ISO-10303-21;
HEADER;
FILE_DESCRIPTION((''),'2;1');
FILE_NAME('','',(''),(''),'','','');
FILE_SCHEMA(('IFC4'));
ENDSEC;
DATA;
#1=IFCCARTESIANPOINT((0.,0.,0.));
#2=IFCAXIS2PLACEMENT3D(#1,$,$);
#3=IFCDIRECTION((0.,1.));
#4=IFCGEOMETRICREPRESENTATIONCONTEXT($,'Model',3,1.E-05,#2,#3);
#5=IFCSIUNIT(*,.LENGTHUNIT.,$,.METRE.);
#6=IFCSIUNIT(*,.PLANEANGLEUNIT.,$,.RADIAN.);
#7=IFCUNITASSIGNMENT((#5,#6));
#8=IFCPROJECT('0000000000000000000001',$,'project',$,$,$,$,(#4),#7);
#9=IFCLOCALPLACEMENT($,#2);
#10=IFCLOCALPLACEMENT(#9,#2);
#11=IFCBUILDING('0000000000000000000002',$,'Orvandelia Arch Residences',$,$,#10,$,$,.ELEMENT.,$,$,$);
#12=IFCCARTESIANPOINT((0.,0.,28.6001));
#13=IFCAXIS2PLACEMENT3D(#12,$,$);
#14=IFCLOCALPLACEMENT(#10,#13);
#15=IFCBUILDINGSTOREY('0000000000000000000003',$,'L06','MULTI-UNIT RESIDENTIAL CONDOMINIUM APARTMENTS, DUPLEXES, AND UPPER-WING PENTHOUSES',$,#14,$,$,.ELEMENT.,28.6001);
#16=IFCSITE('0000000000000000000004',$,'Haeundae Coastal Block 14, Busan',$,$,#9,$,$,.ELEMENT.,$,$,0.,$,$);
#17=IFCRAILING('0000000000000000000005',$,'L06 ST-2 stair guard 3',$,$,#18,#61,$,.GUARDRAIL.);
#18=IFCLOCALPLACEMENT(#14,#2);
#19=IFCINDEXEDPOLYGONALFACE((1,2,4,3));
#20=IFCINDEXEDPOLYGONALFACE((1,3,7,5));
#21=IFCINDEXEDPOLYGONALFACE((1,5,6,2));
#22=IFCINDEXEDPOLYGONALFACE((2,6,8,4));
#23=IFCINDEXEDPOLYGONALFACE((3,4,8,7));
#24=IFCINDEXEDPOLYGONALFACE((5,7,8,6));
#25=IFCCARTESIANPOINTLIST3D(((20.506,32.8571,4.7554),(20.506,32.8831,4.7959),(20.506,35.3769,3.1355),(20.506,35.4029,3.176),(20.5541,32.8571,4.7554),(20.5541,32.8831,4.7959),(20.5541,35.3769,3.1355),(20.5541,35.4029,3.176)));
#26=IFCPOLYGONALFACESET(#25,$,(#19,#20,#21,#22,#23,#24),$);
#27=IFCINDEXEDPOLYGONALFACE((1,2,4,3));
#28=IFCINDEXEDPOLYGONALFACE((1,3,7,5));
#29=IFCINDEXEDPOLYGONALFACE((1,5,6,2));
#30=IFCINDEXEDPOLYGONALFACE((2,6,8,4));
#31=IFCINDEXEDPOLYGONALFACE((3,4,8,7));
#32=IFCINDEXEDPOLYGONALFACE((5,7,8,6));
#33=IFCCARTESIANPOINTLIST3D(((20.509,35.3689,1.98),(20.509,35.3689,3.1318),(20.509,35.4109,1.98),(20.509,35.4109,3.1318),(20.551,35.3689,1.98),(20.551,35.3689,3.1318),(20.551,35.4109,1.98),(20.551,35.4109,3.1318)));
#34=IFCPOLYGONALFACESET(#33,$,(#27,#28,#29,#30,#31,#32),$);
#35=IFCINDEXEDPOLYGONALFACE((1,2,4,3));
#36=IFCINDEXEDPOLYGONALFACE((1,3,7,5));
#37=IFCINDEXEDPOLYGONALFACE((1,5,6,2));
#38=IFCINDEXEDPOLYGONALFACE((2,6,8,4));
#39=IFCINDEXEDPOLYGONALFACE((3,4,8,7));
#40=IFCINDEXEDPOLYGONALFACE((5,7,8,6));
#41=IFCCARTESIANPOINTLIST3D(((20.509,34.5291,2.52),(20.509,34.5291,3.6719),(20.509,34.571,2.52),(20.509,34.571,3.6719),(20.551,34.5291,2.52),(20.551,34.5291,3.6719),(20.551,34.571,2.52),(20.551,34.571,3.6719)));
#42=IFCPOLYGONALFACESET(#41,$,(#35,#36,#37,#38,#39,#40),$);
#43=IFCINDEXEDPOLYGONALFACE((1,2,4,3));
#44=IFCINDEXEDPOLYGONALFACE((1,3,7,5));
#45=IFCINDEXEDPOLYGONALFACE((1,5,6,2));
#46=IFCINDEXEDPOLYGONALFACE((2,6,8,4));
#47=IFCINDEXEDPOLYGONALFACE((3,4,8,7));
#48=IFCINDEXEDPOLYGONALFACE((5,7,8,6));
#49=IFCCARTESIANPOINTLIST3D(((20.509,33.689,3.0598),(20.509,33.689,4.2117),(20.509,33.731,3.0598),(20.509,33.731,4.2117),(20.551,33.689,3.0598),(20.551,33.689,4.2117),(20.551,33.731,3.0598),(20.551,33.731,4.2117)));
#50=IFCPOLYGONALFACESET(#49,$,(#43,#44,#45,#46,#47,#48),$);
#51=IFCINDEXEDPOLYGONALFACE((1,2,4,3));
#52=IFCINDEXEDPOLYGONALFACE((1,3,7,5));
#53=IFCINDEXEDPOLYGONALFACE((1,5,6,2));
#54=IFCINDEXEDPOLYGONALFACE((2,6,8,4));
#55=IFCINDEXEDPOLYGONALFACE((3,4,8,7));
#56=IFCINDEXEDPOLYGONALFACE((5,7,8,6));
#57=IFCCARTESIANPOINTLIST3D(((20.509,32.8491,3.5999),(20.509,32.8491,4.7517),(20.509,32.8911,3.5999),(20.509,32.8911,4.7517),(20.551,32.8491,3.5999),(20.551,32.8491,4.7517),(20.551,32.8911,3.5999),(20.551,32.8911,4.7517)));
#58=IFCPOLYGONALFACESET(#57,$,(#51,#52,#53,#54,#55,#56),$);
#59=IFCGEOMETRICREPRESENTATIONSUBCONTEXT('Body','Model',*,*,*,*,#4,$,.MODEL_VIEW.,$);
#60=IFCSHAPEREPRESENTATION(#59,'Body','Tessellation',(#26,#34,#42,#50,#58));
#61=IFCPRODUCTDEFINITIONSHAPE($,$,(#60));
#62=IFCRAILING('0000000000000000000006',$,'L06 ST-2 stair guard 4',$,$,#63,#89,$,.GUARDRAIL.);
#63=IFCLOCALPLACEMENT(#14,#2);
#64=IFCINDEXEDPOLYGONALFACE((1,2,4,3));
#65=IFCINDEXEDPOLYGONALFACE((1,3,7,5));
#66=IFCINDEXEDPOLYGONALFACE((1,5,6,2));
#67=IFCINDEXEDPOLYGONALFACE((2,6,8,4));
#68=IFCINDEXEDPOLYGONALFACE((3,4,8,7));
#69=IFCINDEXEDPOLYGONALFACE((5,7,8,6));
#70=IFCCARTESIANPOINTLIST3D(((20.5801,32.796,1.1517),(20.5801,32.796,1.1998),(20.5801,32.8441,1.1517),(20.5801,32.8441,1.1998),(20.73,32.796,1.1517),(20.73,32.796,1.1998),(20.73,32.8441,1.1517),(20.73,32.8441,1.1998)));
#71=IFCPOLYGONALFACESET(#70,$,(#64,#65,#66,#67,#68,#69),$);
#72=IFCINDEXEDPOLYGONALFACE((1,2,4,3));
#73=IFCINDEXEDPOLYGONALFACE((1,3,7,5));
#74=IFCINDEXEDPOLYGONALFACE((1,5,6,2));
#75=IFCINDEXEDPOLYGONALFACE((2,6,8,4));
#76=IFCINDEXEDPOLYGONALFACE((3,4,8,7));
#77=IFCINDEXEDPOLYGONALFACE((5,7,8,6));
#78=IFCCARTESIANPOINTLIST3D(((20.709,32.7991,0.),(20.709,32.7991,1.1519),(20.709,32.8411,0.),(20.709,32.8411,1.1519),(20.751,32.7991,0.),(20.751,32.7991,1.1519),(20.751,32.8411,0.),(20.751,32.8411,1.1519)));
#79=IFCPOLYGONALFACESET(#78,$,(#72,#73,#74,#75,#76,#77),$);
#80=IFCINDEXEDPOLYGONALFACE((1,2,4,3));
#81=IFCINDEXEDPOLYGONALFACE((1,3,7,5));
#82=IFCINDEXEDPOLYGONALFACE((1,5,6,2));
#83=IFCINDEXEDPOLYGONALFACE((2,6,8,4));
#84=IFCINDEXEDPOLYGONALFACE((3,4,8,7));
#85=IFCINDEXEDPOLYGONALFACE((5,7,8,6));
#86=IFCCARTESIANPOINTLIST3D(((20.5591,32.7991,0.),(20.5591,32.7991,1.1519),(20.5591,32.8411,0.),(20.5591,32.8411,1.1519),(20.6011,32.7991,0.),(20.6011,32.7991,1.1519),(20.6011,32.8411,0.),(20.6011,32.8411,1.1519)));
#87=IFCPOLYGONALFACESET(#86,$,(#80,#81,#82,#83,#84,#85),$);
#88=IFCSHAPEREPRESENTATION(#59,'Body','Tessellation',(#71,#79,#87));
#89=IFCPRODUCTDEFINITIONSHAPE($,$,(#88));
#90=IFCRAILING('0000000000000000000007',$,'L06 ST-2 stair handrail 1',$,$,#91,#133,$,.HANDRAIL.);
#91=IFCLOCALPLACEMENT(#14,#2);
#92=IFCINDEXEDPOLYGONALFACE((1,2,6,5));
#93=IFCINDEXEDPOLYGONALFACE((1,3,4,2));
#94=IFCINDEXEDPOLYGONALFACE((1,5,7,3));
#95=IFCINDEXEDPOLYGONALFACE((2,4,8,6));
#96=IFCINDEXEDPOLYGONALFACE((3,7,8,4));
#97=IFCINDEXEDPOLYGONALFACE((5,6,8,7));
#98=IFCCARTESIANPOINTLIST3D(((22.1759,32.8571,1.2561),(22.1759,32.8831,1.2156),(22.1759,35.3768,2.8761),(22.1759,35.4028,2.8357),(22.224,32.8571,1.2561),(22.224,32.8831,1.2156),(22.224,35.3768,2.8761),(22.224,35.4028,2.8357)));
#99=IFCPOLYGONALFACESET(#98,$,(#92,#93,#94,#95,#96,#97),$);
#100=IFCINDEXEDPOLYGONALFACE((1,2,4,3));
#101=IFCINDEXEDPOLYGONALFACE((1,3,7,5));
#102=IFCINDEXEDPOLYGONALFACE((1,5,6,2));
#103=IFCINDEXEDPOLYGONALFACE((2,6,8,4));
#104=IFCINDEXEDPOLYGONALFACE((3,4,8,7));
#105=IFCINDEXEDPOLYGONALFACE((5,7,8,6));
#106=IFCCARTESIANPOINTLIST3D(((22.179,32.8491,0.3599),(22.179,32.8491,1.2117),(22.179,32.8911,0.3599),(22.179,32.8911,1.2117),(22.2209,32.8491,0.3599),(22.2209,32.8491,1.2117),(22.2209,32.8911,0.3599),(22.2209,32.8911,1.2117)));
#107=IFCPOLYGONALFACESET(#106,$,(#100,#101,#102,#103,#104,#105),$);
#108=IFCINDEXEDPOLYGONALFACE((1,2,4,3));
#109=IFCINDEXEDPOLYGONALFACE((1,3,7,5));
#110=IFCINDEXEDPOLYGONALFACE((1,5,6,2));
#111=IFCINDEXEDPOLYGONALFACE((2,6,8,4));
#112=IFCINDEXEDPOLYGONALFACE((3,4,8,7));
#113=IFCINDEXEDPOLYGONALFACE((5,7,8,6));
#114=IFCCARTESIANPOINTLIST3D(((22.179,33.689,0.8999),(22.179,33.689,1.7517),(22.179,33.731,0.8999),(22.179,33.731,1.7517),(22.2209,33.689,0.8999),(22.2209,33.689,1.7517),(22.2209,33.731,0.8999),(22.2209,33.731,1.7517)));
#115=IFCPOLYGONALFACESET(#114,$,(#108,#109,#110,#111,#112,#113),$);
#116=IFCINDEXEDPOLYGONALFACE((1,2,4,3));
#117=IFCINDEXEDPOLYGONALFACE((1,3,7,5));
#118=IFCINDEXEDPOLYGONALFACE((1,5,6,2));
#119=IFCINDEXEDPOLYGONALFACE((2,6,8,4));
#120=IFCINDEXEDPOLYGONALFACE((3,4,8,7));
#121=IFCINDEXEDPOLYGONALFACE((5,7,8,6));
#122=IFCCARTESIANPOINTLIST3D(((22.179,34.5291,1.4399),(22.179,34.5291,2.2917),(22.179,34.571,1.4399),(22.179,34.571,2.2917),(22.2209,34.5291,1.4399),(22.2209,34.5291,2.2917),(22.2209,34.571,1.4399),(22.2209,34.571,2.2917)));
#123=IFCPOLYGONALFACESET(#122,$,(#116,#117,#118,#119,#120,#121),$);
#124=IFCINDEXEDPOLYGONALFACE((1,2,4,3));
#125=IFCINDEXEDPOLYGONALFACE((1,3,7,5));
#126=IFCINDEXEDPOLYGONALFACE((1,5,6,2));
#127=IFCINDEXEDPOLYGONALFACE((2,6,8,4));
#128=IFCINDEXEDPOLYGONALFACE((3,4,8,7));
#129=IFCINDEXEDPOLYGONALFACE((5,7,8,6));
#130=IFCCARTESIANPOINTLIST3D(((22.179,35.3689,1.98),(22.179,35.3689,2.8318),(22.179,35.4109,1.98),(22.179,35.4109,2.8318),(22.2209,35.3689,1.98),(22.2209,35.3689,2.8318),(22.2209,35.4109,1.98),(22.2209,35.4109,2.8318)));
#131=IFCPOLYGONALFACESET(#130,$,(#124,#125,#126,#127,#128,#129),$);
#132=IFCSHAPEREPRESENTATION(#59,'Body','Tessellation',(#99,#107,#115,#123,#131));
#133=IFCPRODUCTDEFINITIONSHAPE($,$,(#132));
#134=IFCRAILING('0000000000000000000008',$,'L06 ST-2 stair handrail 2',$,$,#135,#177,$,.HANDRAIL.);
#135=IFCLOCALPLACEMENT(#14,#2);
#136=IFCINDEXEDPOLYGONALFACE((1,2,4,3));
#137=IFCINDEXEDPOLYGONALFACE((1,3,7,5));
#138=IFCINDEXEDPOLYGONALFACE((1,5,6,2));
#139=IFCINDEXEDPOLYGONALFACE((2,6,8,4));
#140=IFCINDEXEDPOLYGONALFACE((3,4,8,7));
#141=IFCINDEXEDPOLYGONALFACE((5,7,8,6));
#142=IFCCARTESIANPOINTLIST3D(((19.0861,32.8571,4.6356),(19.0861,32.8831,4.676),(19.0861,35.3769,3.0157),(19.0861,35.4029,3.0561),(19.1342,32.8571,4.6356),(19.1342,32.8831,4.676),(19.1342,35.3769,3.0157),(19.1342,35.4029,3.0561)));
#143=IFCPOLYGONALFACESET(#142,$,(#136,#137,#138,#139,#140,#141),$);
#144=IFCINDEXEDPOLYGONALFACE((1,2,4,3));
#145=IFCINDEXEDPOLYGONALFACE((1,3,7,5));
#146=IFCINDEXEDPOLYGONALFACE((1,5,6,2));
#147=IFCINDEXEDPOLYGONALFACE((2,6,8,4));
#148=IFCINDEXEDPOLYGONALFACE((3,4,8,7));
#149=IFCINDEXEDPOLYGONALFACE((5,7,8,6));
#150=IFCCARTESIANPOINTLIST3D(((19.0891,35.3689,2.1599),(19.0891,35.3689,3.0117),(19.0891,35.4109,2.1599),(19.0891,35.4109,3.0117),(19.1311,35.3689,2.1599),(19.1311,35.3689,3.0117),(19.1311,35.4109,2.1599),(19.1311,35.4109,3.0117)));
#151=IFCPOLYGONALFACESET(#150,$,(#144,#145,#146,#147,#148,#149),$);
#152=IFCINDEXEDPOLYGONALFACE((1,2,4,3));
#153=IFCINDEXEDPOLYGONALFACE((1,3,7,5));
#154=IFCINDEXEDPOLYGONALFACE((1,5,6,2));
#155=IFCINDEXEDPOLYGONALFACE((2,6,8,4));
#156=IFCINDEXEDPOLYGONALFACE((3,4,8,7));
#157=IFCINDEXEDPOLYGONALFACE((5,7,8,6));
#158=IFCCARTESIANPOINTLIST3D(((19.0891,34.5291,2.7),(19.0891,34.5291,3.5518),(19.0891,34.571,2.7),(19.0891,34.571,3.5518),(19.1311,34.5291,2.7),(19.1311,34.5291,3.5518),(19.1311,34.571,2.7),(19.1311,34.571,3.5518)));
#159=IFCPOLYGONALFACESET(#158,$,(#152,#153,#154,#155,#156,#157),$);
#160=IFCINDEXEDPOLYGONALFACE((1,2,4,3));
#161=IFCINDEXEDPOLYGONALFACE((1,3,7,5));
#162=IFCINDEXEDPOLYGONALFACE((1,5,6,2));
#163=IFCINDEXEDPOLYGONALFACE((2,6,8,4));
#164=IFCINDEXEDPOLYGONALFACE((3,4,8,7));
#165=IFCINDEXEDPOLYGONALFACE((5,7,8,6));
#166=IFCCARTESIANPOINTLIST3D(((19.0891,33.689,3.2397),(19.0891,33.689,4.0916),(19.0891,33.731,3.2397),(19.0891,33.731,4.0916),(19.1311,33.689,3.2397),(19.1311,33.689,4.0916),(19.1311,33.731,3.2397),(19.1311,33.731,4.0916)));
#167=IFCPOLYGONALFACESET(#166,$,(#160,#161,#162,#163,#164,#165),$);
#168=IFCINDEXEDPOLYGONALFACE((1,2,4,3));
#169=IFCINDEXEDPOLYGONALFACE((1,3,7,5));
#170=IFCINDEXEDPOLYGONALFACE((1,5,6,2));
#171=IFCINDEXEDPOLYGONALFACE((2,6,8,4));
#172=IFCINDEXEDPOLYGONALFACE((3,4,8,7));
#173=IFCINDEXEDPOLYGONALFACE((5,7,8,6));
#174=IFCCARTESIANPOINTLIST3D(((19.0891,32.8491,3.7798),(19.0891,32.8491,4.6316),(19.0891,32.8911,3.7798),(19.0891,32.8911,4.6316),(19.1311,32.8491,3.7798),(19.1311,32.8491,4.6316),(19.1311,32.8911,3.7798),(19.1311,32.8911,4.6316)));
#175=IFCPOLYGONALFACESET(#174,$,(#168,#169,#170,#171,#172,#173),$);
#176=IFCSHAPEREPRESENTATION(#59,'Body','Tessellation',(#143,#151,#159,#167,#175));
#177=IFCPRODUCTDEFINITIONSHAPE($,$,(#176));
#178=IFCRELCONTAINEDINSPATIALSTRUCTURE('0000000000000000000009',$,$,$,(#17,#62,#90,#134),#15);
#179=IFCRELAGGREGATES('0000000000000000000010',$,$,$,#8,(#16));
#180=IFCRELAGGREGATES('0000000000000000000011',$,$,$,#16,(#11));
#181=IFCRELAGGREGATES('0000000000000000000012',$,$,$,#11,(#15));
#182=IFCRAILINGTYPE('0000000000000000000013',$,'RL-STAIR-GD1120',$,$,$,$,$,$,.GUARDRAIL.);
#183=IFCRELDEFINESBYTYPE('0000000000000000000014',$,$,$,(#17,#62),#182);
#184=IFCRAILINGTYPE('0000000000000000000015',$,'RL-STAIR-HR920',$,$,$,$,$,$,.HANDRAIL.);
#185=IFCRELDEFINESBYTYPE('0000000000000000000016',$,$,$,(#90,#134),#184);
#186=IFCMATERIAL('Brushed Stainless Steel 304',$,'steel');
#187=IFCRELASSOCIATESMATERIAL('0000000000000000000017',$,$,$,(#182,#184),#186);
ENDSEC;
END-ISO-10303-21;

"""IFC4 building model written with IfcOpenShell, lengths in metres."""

from ifc_helpers import new_model, si_unit, direction, frame, origin, origin_2d, place, context, subcontext, project, spatial, rectangle, extrude, material, type_object, element, save


model = new_model("IFC4")

# Units and contexts
model_context = context("Model", 3, precision=1e-05, world=origin(), true_north=direction((0.0, 1.0)))
body_context = subcontext(model_context, "Body", "Model", "MODEL_VIEW")
ifc_project = project(units=[si_unit("LENGTHUNIT", "METRE"), si_unit("PLANEANGLEUNIT", "RADIAN")], contexts=[model_context])

# Site, building, storey
site_placement = place(None, origin())
site = spatial("IfcSite", under=ifc_project, at=site_placement, Name="Haeundae Coastal Block 14, Busan", CompositionType="ELEMENT", RefElevation=0.0)
building_placement = place(site_placement, origin())
building = spatial("IfcBuilding", under=site, at=building_placement, Name="Orvandelia Arch Residences", CompositionType="ELEMENT")
storey_placement = place(building_placement, frame((0.0, 0.0, 28.6001)))
storey = spatial("IfcBuildingStorey", under=building, at=storey_placement, Name="L06", Description="MULTI-UNIT RESIDENTIAL CONDOMINIUM APARTMENTS, DUPLEXES, AND UPPER-WING PENTHOUSES", CompositionType="ELEMENT", Elevation=28.6001)

# Railings
ifc_material_1 = material(Name="Brushed Stainless Steel 304", Category="steel")
railing_type_1 = type_object("IfcRailingType", Name="RL-STAIR-GD1120", PredefinedType="GUARDRAIL", material=ifc_material_1)
railing_1_placement = place(storey_placement, frame((20.53, 35.3899, 1.98)))
element("IfcRailing", 1, at=railing_1_placement, inside=storey, type_object=railing_type_1, Name="L06 ST-2 stair guard 3", PredefinedType="GUARDRAIL", context=body_context, shape_type="SweptSolid", body=[
    extrude(rectangle(XDim=0.0481, YDim=0.0481, at=origin_2d()), frame((0.0, 0.0, 1.1758), z_axis=(0.0, -0.841176, 0.540762), x_axis=(1.0, 0.0, 0.0)), (0.0, 0.0, 1.0), 2.9956),
    extrude(rectangle(XDim=0.042, YDim=0.042, at=origin_2d()), origin(), (0.0, 0.0, 1.0), 1.1519),
    extrude(rectangle(XDim=0.042, YDim=0.042, at=origin_2d()), frame((0.0, -0.8398, 0.54)), (0.0, 0.0, 1.0), 1.1519),
    extrude(rectangle(XDim=0.042, YDim=0.042, at=origin_2d()), frame((0.0, -1.6799, 1.0798)), (0.0, 0.0, 1.0), 1.1519),
    extrude(rectangle(XDim=0.042, YDim=0.042, at=origin_2d()), frame((0.0, -2.5198, 1.6199)), (0.0, 0.0, 1.0), 1.1519),
])
railing_2_placement = place(storey_placement, frame((20.73, 32.8201, 0.0)))
element("IfcRailing", 2, at=railing_2_placement, inside=storey, type_object=railing_type_1, Name="L06 ST-2 stair guard 4", PredefinedType="GUARDRAIL", context=body_context, shape_type="SweptSolid", body=[
    extrude(rectangle(XDim=0.0481, YDim=0.0481, at=origin_2d()), frame((0.0, 0.0, 1.1758), z_axis=(-1.0, 0.0, 0.0), x_axis=(0.0, -1.0, 0.0)), (0.0, 0.0, 1.0), 0.1499),
    extrude(rectangle(XDim=0.042, YDim=0.042, at=origin_2d()), origin(), (0.0, 0.0, 1.0), 1.1519),
    extrude(rectangle(XDim=0.042, YDim=0.042, at=origin_2d()), frame((-0.1499, 0.0, 0.0)), (0.0, 0.0, 1.0), 1.1519),
])
railing_type_2 = type_object("IfcRailingType", Name="RL-STAIR-HR920", PredefinedType="HANDRAIL", material=ifc_material_1)
railing_3_placement = place(storey_placement, frame((22.2, 32.8701, 0.3599)))
element("IfcRailing", 3, at=railing_3_placement, inside=storey, type_object=railing_type_2, Name="L06 ST-2 stair handrail 1", PredefinedType="HANDRAIL", context=body_context, shape_type="SweptSolid", body=[
    extrude(rectangle(XDim=0.0481, YDim=0.0481, at=origin_2d()), frame((0.0, 0.0, 0.876), z_axis=(0.0, 0.841139, 0.540819), x_axis=(-1.0, 0.0, 0.0)), (0.0, 0.0, 1.0), 2.9956),
    extrude(rectangle(XDim=0.042, YDim=0.042, at=origin_2d()), origin(), (0.0, 0.0, 1.0), 0.8518),
    extrude(rectangle(XDim=0.042, YDim=0.042, at=origin_2d()), frame((0.0, 0.8398, 0.54)), (0.0, 0.0, 1.0), 0.8518),
    extrude(rectangle(XDim=0.042, YDim=0.042, at=origin_2d()), frame((0.0, 1.6799, 1.0801)), (0.0, 0.0, 1.0), 0.8518),
    extrude(rectangle(XDim=0.042, YDim=0.042, at=origin_2d()), frame((0.0, 2.5198, 1.6201)), (0.0, 0.0, 1.0), 0.8518),
])
railing_4_placement = place(storey_placement, frame((19.1101, 35.3899, 2.1599)))
element("IfcRailing", 4, at=railing_4_placement, inside=storey, type_object=railing_type_2, Name="L06 ST-2 stair handrail 2", PredefinedType="HANDRAIL", context=body_context, shape_type="SweptSolid", body=[
    extrude(rectangle(XDim=0.0481, YDim=0.0481, at=origin_2d()), frame((0.0, 0.0, 0.876), z_axis=(0.0, -0.841176, 0.540762), x_axis=(1.0, 0.0, 0.0)), (0.0, 0.0, 1.0), 2.9956),
    extrude(rectangle(XDim=0.042, YDim=0.042, at=origin_2d()), origin(), (0.0, 0.0, 1.0), 0.8518),
    extrude(rectangle(XDim=0.042, YDim=0.042, at=origin_2d()), frame((0.0, -0.8398, 0.54)), (0.0, 0.0, 1.0), 0.8518),
    extrude(rectangle(XDim=0.042, YDim=0.042, at=origin_2d()), frame((0.0, -1.6799, 1.0798)), (0.0, 0.0, 1.0), 0.8518),
    extrude(rectangle(XDim=0.042, YDim=0.042, at=origin_2d()), frame((0.0, -2.5198, 1.6199)), (0.0, 0.0, 1.0), 0.8518),
])

save(model, "model.ifc")
